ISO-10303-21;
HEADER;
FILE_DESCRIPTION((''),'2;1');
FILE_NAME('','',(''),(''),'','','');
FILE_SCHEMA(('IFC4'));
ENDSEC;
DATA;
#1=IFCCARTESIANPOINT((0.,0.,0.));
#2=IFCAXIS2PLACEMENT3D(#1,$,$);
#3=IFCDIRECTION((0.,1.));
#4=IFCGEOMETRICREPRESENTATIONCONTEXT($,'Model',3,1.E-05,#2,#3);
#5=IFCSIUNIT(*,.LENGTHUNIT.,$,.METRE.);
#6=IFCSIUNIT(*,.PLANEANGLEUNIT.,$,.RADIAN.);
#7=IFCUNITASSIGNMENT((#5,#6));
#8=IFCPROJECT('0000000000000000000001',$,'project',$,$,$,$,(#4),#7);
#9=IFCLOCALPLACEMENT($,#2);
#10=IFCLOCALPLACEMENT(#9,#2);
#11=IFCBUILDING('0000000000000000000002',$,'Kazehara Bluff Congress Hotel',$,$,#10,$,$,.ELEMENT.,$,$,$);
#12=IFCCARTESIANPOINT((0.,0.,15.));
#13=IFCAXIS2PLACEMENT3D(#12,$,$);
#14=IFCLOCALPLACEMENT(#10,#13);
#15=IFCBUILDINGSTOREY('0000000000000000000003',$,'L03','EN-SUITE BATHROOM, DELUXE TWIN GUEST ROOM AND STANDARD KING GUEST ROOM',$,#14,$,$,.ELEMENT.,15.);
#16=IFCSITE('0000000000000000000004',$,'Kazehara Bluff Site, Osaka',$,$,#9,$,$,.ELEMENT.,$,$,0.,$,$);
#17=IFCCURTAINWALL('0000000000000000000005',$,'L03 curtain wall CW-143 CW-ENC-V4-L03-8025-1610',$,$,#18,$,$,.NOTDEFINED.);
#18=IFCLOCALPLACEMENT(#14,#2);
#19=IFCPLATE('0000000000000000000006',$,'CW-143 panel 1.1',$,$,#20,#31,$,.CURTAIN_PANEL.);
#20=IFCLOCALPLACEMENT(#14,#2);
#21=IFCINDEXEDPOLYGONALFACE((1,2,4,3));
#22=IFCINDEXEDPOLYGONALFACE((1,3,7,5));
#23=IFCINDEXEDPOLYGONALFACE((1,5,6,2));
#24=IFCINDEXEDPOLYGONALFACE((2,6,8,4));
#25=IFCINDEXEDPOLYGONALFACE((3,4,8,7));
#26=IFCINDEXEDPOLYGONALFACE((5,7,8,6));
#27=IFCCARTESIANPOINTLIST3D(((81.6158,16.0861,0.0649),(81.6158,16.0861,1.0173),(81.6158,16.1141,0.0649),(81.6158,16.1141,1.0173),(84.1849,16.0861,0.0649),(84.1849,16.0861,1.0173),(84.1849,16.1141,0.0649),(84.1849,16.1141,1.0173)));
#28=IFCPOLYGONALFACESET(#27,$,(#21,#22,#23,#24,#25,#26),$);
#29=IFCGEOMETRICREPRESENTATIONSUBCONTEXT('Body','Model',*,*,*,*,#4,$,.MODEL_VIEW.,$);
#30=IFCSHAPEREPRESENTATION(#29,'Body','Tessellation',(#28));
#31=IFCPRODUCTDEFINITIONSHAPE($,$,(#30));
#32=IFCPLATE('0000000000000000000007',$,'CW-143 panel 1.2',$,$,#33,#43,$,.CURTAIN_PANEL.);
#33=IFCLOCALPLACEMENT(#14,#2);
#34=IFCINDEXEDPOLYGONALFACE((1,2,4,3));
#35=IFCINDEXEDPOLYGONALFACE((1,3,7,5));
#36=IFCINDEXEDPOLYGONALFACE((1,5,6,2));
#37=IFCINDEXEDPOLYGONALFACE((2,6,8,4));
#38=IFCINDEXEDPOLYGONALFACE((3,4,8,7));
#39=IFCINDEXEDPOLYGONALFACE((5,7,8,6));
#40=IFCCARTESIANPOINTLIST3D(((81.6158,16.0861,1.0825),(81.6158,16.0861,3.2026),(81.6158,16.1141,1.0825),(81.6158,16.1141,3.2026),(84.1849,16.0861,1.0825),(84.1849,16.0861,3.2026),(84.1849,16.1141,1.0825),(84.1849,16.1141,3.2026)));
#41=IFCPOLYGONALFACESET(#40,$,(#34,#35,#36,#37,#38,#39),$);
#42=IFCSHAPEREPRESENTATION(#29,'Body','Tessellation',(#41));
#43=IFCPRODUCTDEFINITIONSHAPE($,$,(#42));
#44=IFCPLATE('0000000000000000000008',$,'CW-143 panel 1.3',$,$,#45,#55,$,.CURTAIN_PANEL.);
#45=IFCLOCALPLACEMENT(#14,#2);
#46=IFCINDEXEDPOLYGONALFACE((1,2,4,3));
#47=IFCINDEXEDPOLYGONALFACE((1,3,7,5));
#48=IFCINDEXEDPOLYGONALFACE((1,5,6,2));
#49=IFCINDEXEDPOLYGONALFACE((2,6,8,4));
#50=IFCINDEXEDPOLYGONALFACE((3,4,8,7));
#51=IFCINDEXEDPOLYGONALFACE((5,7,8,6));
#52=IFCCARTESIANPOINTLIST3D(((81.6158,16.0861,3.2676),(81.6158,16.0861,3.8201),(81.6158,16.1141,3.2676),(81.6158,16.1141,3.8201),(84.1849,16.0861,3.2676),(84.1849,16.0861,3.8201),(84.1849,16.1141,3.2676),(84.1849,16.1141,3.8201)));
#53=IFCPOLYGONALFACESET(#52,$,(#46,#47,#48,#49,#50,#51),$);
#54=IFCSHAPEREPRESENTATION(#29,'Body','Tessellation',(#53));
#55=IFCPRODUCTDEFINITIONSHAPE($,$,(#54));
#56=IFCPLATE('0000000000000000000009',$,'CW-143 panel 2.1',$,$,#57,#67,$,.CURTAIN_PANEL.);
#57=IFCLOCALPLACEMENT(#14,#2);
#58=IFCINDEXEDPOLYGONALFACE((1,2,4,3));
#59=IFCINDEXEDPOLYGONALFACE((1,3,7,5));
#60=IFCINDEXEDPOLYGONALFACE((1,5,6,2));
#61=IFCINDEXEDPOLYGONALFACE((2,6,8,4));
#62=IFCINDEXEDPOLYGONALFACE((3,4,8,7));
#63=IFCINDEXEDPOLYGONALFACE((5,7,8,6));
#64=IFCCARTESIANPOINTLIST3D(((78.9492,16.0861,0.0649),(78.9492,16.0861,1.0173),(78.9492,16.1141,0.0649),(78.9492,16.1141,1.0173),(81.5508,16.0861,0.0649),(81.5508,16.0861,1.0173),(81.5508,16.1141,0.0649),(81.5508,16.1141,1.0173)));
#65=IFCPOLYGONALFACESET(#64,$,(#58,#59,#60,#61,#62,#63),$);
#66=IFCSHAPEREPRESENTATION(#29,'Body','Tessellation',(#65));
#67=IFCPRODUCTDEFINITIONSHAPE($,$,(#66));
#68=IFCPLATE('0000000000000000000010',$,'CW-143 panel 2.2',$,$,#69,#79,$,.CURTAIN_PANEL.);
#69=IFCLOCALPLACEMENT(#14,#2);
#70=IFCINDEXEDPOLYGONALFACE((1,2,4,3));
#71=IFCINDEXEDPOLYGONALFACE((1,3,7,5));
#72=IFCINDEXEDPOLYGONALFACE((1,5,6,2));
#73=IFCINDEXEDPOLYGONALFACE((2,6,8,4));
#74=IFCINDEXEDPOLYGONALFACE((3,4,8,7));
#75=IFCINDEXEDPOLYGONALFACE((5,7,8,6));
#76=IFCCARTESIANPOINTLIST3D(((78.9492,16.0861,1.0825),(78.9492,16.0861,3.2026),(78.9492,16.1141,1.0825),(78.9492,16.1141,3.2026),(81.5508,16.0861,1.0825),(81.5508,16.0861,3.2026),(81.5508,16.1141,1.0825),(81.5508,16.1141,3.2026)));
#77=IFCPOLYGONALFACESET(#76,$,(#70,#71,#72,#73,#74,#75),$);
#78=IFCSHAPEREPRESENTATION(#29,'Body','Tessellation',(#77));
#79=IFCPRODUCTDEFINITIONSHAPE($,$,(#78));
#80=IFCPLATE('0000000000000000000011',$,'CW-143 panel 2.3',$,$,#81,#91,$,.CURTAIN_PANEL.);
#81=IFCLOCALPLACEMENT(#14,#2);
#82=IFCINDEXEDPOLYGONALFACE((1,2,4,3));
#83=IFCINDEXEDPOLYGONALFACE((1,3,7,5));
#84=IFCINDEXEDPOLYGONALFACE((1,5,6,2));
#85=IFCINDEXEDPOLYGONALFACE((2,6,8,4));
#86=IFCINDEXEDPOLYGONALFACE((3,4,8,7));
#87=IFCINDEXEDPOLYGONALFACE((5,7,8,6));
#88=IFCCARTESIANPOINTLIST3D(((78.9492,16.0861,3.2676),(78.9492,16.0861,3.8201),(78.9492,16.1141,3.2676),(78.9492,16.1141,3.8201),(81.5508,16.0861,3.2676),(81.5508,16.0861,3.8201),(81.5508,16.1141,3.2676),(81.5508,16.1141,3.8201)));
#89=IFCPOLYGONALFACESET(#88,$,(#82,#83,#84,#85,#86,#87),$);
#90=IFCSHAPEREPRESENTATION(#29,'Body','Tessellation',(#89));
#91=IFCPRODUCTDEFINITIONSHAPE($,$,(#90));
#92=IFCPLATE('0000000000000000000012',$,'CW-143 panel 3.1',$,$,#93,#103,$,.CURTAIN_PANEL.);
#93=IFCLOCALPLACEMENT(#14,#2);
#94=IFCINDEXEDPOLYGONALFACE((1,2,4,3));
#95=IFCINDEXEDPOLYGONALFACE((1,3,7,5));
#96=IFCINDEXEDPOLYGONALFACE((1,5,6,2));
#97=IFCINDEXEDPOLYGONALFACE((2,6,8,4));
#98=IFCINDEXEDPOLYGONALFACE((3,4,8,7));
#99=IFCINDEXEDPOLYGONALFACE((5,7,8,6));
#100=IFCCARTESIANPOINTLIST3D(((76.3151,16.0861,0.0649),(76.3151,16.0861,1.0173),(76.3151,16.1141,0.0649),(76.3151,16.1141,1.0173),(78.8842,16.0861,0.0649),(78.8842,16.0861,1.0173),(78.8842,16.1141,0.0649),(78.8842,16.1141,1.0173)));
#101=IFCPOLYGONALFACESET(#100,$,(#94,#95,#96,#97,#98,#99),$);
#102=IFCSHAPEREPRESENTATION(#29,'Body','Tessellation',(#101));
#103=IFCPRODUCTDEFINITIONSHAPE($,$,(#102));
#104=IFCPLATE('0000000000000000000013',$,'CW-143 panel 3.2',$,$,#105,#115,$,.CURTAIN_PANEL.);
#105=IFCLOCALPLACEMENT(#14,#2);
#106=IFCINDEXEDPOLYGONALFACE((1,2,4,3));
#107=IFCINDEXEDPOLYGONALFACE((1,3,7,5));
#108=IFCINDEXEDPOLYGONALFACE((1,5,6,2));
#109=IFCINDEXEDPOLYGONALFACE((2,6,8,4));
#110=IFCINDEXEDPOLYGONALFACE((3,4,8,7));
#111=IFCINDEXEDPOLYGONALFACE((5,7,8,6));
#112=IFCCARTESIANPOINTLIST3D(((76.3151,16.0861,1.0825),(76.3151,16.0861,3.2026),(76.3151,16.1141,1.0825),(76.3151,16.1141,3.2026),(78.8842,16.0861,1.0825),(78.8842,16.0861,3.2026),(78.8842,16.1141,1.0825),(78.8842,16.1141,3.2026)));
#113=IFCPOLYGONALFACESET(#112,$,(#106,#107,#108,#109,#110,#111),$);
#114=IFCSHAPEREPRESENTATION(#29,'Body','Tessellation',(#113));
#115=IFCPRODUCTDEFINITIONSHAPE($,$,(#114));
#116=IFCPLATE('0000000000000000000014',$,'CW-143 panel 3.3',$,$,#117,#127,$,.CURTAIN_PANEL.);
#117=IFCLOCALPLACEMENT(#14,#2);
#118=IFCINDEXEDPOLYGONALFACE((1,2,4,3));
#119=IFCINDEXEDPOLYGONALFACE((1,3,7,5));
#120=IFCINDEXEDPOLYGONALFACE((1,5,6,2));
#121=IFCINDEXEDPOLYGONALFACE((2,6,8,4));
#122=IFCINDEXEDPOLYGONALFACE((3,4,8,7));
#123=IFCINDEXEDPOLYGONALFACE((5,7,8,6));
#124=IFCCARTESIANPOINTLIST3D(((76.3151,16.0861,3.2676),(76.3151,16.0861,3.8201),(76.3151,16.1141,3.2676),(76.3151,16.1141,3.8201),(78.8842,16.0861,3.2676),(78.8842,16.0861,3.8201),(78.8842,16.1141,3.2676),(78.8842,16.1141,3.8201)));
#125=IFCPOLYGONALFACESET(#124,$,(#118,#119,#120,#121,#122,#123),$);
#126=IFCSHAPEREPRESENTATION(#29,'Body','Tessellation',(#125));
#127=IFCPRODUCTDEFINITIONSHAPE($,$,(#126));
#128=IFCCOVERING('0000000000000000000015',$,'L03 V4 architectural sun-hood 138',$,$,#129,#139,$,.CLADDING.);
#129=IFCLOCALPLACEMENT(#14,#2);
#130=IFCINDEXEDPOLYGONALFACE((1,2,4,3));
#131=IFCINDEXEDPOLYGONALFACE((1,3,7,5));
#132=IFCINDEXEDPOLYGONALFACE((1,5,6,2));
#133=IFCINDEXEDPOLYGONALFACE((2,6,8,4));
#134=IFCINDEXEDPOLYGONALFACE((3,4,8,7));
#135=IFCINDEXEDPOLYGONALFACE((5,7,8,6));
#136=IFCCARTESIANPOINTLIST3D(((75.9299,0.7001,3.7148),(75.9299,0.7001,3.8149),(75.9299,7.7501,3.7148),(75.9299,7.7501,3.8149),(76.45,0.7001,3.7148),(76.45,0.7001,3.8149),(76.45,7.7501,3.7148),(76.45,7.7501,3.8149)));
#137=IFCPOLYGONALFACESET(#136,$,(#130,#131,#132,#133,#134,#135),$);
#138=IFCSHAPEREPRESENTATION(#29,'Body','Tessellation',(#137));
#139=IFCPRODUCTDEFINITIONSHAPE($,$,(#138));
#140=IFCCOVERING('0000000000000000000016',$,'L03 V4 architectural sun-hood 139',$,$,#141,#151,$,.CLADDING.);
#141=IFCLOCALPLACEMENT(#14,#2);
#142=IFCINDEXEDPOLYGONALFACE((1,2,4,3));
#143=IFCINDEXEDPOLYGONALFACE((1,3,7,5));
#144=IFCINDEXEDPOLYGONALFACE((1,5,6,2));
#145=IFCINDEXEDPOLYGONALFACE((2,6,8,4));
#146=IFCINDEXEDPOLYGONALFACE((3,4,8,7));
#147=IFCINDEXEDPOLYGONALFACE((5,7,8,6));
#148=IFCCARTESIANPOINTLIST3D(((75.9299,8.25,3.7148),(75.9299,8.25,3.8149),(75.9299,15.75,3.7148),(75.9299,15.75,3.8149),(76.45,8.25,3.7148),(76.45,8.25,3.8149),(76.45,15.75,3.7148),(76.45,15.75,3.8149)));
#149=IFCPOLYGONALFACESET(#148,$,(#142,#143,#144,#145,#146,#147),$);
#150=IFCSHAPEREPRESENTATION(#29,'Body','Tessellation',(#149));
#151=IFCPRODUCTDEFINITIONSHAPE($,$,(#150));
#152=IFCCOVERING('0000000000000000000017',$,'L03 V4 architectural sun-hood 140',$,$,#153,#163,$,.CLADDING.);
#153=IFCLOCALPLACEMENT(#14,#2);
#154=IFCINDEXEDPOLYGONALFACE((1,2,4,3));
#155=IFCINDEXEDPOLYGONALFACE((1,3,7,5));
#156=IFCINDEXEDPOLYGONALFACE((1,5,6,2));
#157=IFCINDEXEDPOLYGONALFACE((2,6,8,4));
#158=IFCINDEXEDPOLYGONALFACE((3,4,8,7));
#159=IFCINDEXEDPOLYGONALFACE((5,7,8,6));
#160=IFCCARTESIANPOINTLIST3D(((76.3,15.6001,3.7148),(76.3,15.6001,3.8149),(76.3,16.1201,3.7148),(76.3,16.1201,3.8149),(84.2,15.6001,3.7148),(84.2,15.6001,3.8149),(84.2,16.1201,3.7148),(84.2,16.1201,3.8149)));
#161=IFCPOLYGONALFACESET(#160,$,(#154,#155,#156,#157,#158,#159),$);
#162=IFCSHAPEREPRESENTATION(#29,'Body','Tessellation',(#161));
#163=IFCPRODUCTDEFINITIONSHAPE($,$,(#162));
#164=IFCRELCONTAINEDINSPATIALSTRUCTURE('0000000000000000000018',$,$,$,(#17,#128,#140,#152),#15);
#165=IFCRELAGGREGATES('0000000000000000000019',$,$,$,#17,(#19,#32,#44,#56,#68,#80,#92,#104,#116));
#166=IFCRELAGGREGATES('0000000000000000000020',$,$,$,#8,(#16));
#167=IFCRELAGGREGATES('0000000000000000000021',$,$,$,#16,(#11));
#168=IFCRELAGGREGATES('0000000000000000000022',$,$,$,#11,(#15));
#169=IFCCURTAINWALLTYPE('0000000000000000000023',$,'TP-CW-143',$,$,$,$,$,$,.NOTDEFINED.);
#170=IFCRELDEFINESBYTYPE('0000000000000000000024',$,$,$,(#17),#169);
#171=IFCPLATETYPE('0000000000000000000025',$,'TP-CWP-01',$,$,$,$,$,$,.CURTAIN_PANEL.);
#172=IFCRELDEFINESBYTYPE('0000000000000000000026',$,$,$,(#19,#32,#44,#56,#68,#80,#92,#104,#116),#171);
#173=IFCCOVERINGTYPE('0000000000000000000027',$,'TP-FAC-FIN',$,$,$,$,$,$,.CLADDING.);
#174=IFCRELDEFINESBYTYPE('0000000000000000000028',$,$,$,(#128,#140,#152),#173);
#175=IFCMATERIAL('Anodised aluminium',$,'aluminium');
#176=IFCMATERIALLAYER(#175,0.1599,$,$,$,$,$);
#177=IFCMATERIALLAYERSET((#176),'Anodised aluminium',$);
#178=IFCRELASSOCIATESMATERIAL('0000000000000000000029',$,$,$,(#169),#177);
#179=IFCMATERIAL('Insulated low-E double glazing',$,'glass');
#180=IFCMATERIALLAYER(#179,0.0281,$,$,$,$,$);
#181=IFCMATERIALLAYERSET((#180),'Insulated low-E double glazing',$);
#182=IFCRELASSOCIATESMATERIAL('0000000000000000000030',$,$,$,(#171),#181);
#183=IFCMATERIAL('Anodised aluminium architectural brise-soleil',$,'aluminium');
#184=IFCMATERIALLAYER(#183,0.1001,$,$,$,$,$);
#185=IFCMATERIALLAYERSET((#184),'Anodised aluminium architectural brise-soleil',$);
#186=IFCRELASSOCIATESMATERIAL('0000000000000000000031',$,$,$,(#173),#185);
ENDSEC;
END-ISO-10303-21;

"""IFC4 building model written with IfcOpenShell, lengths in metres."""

from ifc_helpers import new_model, si_unit, direction, frame, origin, origin_2d, place, context, subcontext, project, spatial, rectangle, extrude, material, layer, layer_set, type_object, element, aggregate, save


model = new_model("IFC4")

# Units and contexts
model_context = context("Model", 3, precision=1e-05, world=origin(), true_north=direction((0.0, 1.0)))
body_context = subcontext(model_context, "Body", "Model", "MODEL_VIEW")
ifc_project = project(units=[si_unit("LENGTHUNIT", "METRE"), si_unit("PLANEANGLEUNIT", "RADIAN")], contexts=[model_context])

# Site, building, storey
site_placement = place(None, origin())
site = spatial("IfcSite", under=ifc_project, at=site_placement, Name="Kazehara Bluff Site, Osaka", CompositionType="ELEMENT", RefElevation=0.0)
building_placement = place(site_placement, origin())
building = spatial("IfcBuilding", under=site, at=building_placement, Name="Kazehara Bluff Congress Hotel", CompositionType="ELEMENT")
storey_placement = place(building_placement, frame((0.0, 0.0, 15.0)))
storey = spatial("IfcBuildingStorey", under=building, at=storey_placement, Name="L03", Description="EN-SUITE BATHROOM, DELUXE TWIN GUEST ROOM AND STANDARD KING GUEST ROOM", CompositionType="ELEMENT", Elevation=15.0)

# Curtain wall
ifc_material_1 = material(Name="Anodised aluminium", Category="aluminium")
ifc_layer_1 = layer(ifc_material_1, 0.1599)
ifc_layer_set_1 = layer_set([ifc_layer_1], Name="Anodised aluminium")
curtain_wall_type = type_object("IfcCurtainWallType", Name="TP-CW-143", PredefinedType="NOTDEFINED", material=ifc_layer_set_1)
curtain_wall_placement = place(storey_placement, origin())
curtain_wall = element("IfcCurtainWall", 1, at=curtain_wall_placement, inside=storey, type_object=curtain_wall_type, Name="L03 curtain wall CW-143 CW-ENC-V4-L03-8025-1610", PredefinedType="NOTDEFINED")

# Plates
ifc_material_2 = material(Name="Insulated low-E double glazing", Category="glass")
ifc_layer_2 = layer(ifc_material_2, 0.0281)
ifc_layer_set_2 = layer_set([ifc_layer_2], Name="Insulated low-E double glazing")
plate_type = type_object("IfcPlateType", Name="TP-CWP-01", PredefinedType="CURTAIN_PANEL", material=ifc_layer_set_2)
plate_1_placement = place(storey_placement, frame((82.9004, 16.1001, 0.0649), z_axis=(0.0, 0.0, 1.0), x_axis=(-1.0, 0.0, 0.0)))
plate_1 = element("IfcPlate", 2, at=plate_1_placement, type_object=plate_type, Name="CW-143 panel 1.1", PredefinedType="CURTAIN_PANEL", context=body_context, shape_type="SweptSolid", body=[
    extrude(rectangle(XDim=2.5691, YDim=0.0281, at=origin_2d()), origin(), (0.0, 0.0, 1.0), 0.9524),
])
plate_2_placement = place(storey_placement, frame((82.9004, 16.1001, 1.0825), z_axis=(0.0, 0.0, 1.0), x_axis=(-1.0, 0.0, 0.0)))
plate_2 = element("IfcPlate", 3, at=plate_2_placement, type_object=plate_type, Name="CW-143 panel 1.2", PredefinedType="CURTAIN_PANEL", context=body_context, shape_type="SweptSolid", body=[
    extrude(rectangle(XDim=2.5691, YDim=0.0281, at=origin_2d()), origin(), (0.0, 0.0, 1.0), 2.1201),
])
plate_3_placement = place(storey_placement, frame((82.9004, 16.1001, 3.2676), z_axis=(0.0, 0.0, 1.0), x_axis=(-1.0, 0.0, 0.0)))
plate_3 = element("IfcPlate", 4, at=plate_3_placement, type_object=plate_type, Name="CW-143 panel 1.3", PredefinedType="CURTAIN_PANEL", context=body_context, shape_type="SweptSolid", body=[
    extrude(rectangle(XDim=2.5691, YDim=0.0281, at=origin_2d()), origin(), (0.0, 0.0, 1.0), 0.5525),
])
plate_4_placement = place(storey_placement, frame((80.25, 16.1001, 0.0649), z_axis=(0.0, 0.0, 1.0), x_axis=(-1.0, 0.0, 0.0)))
plate_4 = element("IfcPlate", 5, at=plate_4_placement, type_object=plate_type, Name="CW-143 panel 2.1", PredefinedType="CURTAIN_PANEL", context=body_context, shape_type="SweptSolid", body=[
    extrude(rectangle(XDim=2.6016, YDim=0.0281, at=origin_2d()), origin(), (0.0, 0.0, 1.0), 0.9524),
])
plate_5_placement = place(storey_placement, frame((80.25, 16.1001, 1.0825), z_axis=(0.0, 0.0, 1.0), x_axis=(-1.0, 0.0, 0.0)))
plate_5 = element("IfcPlate", 6, at=plate_5_placement, type_object=plate_type, Name="CW-143 panel 2.2", PredefinedType="CURTAIN_PANEL", context=body_context, shape_type="SweptSolid", body=[
    extrude(rectangle(XDim=2.6016, YDim=0.0281, at=origin_2d()), origin(), (0.0, 0.0, 1.0), 2.1201),
])
plate_6_placement = place(storey_placement, frame((80.25, 16.1001, 3.2676), z_axis=(0.0, 0.0, 1.0), x_axis=(-1.0, 0.0, 0.0)))
plate_6 = element("IfcPlate", 7, at=plate_6_placement, type_object=plate_type, Name="CW-143 panel 2.3", PredefinedType="CURTAIN_PANEL", context=body_context, shape_type="SweptSolid", body=[
    extrude(rectangle(XDim=2.6016, YDim=0.0281, at=origin_2d()), origin(), (0.0, 0.0, 1.0), 0.5525),
])
plate_7_placement = place(storey_placement, frame((77.5996, 16.1001, 0.0649), z_axis=(0.0, 0.0, 1.0), x_axis=(-1.0, 0.0, 0.0)))
plate_7 = element("IfcPlate", 8, at=plate_7_placement, type_object=plate_type, Name="CW-143 panel 3.1", PredefinedType="CURTAIN_PANEL", context=body_context, shape_type="SweptSolid", body=[
    extrude(rectangle(XDim=2.5691, YDim=0.0281, at=origin_2d()), origin(), (0.0, 0.0, 1.0), 0.9524),
])
plate_8_placement = place(storey_placement, frame((77.5996, 16.1001, 1.0825), z_axis=(0.0, 0.0, 1.0), x_axis=(-1.0, 0.0, 0.0)))
plate_8 = element("IfcPlate", 9, at=plate_8_placement, type_object=plate_type, Name="CW-143 panel 3.2", PredefinedType="CURTAIN_PANEL", context=body_context, shape_type="SweptSolid", body=[
    extrude(rectangle(XDim=2.5691, YDim=0.0281, at=origin_2d()), origin(), (0.0, 0.0, 1.0), 2.1201),
])
plate_9_placement = place(storey_placement, frame((77.5996, 16.1001, 3.2676), z_axis=(0.0, 0.0, 1.0), x_axis=(-1.0, 0.0, 0.0)))
plate_9 = element("IfcPlate", 10, at=plate_9_placement, type_object=plate_type, Name="CW-143 panel 3.3", PredefinedType="CURTAIN_PANEL", context=body_context, shape_type="SweptSolid", body=[
    extrude(rectangle(XDim=2.5691, YDim=0.0281, at=origin_2d()), origin(), (0.0, 0.0, 1.0), 0.5525),
])
aggregate(curtain_wall, [plate_1, plate_2, plate_3, plate_4, plate_5, plate_6, plate_7, plate_8, plate_9])

# Coverings
ifc_material_3 = material(Name="Anodised aluminium architectural brise-soleil", Category="aluminium")
ifc_layer_3 = layer(ifc_material_3, 0.1001)
ifc_layer_set_3 = layer_set([ifc_layer_3], Name="Anodised aluminium architectural brise-soleil")
covering_type = type_object("IfcCoveringType", Name="TP-FAC-FIN", PredefinedType="CLADDING", material=ifc_layer_set_3)
covering_1_placement = place(storey_placement, frame((76.1899, 4.2251, 3.7148), z_axis=(0.0, 0.0, 1.0), x_axis=(1.0, 0.0, 0.0)))
element("IfcCovering", 11, at=covering_1_placement, inside=storey, type_object=covering_type, Name="L03 V4 architectural sun-hood 138", PredefinedType="CLADDING", context=body_context, shape_type="SweptSolid", body=[
    extrude(rectangle(XDim=0.52, YDim=7.05, at=origin_2d()), origin(), (0.0, 0.0, 1.0), 0.1001),
])
covering_2_placement = place(storey_placement, frame((76.1899, 12.0, 3.7148), z_axis=(0.0, 0.0, 1.0), x_axis=(1.0, 0.0, 0.0)))
element("IfcCovering", 12, at=covering_2_placement, inside=storey, type_object=covering_type, Name="L03 V4 architectural sun-hood 139", PredefinedType="CLADDING", context=body_context, shape_type="SweptSolid", body=[
    extrude(rectangle(XDim=0.52, YDim=7.5, at=origin_2d()), origin(), (0.0, 0.0, 1.0), 0.1001),
])
covering_3_placement = place(storey_placement, frame((80.25, 15.8601, 3.7148), z_axis=(0.0, 0.0, 1.0), x_axis=(1.0, 0.0, 0.0)))
element("IfcCovering", 13, at=covering_3_placement, inside=storey, type_object=covering_type, Name="L03 V4 architectural sun-hood 140", PredefinedType="CLADDING", context=body_context, shape_type="SweptSolid", body=[
    extrude(rectangle(XDim=7.8999, YDim=0.52, at=origin_2d()), origin(), (0.0, 0.0, 1.0), 0.1001),
])

save(model, "model.ifc")
